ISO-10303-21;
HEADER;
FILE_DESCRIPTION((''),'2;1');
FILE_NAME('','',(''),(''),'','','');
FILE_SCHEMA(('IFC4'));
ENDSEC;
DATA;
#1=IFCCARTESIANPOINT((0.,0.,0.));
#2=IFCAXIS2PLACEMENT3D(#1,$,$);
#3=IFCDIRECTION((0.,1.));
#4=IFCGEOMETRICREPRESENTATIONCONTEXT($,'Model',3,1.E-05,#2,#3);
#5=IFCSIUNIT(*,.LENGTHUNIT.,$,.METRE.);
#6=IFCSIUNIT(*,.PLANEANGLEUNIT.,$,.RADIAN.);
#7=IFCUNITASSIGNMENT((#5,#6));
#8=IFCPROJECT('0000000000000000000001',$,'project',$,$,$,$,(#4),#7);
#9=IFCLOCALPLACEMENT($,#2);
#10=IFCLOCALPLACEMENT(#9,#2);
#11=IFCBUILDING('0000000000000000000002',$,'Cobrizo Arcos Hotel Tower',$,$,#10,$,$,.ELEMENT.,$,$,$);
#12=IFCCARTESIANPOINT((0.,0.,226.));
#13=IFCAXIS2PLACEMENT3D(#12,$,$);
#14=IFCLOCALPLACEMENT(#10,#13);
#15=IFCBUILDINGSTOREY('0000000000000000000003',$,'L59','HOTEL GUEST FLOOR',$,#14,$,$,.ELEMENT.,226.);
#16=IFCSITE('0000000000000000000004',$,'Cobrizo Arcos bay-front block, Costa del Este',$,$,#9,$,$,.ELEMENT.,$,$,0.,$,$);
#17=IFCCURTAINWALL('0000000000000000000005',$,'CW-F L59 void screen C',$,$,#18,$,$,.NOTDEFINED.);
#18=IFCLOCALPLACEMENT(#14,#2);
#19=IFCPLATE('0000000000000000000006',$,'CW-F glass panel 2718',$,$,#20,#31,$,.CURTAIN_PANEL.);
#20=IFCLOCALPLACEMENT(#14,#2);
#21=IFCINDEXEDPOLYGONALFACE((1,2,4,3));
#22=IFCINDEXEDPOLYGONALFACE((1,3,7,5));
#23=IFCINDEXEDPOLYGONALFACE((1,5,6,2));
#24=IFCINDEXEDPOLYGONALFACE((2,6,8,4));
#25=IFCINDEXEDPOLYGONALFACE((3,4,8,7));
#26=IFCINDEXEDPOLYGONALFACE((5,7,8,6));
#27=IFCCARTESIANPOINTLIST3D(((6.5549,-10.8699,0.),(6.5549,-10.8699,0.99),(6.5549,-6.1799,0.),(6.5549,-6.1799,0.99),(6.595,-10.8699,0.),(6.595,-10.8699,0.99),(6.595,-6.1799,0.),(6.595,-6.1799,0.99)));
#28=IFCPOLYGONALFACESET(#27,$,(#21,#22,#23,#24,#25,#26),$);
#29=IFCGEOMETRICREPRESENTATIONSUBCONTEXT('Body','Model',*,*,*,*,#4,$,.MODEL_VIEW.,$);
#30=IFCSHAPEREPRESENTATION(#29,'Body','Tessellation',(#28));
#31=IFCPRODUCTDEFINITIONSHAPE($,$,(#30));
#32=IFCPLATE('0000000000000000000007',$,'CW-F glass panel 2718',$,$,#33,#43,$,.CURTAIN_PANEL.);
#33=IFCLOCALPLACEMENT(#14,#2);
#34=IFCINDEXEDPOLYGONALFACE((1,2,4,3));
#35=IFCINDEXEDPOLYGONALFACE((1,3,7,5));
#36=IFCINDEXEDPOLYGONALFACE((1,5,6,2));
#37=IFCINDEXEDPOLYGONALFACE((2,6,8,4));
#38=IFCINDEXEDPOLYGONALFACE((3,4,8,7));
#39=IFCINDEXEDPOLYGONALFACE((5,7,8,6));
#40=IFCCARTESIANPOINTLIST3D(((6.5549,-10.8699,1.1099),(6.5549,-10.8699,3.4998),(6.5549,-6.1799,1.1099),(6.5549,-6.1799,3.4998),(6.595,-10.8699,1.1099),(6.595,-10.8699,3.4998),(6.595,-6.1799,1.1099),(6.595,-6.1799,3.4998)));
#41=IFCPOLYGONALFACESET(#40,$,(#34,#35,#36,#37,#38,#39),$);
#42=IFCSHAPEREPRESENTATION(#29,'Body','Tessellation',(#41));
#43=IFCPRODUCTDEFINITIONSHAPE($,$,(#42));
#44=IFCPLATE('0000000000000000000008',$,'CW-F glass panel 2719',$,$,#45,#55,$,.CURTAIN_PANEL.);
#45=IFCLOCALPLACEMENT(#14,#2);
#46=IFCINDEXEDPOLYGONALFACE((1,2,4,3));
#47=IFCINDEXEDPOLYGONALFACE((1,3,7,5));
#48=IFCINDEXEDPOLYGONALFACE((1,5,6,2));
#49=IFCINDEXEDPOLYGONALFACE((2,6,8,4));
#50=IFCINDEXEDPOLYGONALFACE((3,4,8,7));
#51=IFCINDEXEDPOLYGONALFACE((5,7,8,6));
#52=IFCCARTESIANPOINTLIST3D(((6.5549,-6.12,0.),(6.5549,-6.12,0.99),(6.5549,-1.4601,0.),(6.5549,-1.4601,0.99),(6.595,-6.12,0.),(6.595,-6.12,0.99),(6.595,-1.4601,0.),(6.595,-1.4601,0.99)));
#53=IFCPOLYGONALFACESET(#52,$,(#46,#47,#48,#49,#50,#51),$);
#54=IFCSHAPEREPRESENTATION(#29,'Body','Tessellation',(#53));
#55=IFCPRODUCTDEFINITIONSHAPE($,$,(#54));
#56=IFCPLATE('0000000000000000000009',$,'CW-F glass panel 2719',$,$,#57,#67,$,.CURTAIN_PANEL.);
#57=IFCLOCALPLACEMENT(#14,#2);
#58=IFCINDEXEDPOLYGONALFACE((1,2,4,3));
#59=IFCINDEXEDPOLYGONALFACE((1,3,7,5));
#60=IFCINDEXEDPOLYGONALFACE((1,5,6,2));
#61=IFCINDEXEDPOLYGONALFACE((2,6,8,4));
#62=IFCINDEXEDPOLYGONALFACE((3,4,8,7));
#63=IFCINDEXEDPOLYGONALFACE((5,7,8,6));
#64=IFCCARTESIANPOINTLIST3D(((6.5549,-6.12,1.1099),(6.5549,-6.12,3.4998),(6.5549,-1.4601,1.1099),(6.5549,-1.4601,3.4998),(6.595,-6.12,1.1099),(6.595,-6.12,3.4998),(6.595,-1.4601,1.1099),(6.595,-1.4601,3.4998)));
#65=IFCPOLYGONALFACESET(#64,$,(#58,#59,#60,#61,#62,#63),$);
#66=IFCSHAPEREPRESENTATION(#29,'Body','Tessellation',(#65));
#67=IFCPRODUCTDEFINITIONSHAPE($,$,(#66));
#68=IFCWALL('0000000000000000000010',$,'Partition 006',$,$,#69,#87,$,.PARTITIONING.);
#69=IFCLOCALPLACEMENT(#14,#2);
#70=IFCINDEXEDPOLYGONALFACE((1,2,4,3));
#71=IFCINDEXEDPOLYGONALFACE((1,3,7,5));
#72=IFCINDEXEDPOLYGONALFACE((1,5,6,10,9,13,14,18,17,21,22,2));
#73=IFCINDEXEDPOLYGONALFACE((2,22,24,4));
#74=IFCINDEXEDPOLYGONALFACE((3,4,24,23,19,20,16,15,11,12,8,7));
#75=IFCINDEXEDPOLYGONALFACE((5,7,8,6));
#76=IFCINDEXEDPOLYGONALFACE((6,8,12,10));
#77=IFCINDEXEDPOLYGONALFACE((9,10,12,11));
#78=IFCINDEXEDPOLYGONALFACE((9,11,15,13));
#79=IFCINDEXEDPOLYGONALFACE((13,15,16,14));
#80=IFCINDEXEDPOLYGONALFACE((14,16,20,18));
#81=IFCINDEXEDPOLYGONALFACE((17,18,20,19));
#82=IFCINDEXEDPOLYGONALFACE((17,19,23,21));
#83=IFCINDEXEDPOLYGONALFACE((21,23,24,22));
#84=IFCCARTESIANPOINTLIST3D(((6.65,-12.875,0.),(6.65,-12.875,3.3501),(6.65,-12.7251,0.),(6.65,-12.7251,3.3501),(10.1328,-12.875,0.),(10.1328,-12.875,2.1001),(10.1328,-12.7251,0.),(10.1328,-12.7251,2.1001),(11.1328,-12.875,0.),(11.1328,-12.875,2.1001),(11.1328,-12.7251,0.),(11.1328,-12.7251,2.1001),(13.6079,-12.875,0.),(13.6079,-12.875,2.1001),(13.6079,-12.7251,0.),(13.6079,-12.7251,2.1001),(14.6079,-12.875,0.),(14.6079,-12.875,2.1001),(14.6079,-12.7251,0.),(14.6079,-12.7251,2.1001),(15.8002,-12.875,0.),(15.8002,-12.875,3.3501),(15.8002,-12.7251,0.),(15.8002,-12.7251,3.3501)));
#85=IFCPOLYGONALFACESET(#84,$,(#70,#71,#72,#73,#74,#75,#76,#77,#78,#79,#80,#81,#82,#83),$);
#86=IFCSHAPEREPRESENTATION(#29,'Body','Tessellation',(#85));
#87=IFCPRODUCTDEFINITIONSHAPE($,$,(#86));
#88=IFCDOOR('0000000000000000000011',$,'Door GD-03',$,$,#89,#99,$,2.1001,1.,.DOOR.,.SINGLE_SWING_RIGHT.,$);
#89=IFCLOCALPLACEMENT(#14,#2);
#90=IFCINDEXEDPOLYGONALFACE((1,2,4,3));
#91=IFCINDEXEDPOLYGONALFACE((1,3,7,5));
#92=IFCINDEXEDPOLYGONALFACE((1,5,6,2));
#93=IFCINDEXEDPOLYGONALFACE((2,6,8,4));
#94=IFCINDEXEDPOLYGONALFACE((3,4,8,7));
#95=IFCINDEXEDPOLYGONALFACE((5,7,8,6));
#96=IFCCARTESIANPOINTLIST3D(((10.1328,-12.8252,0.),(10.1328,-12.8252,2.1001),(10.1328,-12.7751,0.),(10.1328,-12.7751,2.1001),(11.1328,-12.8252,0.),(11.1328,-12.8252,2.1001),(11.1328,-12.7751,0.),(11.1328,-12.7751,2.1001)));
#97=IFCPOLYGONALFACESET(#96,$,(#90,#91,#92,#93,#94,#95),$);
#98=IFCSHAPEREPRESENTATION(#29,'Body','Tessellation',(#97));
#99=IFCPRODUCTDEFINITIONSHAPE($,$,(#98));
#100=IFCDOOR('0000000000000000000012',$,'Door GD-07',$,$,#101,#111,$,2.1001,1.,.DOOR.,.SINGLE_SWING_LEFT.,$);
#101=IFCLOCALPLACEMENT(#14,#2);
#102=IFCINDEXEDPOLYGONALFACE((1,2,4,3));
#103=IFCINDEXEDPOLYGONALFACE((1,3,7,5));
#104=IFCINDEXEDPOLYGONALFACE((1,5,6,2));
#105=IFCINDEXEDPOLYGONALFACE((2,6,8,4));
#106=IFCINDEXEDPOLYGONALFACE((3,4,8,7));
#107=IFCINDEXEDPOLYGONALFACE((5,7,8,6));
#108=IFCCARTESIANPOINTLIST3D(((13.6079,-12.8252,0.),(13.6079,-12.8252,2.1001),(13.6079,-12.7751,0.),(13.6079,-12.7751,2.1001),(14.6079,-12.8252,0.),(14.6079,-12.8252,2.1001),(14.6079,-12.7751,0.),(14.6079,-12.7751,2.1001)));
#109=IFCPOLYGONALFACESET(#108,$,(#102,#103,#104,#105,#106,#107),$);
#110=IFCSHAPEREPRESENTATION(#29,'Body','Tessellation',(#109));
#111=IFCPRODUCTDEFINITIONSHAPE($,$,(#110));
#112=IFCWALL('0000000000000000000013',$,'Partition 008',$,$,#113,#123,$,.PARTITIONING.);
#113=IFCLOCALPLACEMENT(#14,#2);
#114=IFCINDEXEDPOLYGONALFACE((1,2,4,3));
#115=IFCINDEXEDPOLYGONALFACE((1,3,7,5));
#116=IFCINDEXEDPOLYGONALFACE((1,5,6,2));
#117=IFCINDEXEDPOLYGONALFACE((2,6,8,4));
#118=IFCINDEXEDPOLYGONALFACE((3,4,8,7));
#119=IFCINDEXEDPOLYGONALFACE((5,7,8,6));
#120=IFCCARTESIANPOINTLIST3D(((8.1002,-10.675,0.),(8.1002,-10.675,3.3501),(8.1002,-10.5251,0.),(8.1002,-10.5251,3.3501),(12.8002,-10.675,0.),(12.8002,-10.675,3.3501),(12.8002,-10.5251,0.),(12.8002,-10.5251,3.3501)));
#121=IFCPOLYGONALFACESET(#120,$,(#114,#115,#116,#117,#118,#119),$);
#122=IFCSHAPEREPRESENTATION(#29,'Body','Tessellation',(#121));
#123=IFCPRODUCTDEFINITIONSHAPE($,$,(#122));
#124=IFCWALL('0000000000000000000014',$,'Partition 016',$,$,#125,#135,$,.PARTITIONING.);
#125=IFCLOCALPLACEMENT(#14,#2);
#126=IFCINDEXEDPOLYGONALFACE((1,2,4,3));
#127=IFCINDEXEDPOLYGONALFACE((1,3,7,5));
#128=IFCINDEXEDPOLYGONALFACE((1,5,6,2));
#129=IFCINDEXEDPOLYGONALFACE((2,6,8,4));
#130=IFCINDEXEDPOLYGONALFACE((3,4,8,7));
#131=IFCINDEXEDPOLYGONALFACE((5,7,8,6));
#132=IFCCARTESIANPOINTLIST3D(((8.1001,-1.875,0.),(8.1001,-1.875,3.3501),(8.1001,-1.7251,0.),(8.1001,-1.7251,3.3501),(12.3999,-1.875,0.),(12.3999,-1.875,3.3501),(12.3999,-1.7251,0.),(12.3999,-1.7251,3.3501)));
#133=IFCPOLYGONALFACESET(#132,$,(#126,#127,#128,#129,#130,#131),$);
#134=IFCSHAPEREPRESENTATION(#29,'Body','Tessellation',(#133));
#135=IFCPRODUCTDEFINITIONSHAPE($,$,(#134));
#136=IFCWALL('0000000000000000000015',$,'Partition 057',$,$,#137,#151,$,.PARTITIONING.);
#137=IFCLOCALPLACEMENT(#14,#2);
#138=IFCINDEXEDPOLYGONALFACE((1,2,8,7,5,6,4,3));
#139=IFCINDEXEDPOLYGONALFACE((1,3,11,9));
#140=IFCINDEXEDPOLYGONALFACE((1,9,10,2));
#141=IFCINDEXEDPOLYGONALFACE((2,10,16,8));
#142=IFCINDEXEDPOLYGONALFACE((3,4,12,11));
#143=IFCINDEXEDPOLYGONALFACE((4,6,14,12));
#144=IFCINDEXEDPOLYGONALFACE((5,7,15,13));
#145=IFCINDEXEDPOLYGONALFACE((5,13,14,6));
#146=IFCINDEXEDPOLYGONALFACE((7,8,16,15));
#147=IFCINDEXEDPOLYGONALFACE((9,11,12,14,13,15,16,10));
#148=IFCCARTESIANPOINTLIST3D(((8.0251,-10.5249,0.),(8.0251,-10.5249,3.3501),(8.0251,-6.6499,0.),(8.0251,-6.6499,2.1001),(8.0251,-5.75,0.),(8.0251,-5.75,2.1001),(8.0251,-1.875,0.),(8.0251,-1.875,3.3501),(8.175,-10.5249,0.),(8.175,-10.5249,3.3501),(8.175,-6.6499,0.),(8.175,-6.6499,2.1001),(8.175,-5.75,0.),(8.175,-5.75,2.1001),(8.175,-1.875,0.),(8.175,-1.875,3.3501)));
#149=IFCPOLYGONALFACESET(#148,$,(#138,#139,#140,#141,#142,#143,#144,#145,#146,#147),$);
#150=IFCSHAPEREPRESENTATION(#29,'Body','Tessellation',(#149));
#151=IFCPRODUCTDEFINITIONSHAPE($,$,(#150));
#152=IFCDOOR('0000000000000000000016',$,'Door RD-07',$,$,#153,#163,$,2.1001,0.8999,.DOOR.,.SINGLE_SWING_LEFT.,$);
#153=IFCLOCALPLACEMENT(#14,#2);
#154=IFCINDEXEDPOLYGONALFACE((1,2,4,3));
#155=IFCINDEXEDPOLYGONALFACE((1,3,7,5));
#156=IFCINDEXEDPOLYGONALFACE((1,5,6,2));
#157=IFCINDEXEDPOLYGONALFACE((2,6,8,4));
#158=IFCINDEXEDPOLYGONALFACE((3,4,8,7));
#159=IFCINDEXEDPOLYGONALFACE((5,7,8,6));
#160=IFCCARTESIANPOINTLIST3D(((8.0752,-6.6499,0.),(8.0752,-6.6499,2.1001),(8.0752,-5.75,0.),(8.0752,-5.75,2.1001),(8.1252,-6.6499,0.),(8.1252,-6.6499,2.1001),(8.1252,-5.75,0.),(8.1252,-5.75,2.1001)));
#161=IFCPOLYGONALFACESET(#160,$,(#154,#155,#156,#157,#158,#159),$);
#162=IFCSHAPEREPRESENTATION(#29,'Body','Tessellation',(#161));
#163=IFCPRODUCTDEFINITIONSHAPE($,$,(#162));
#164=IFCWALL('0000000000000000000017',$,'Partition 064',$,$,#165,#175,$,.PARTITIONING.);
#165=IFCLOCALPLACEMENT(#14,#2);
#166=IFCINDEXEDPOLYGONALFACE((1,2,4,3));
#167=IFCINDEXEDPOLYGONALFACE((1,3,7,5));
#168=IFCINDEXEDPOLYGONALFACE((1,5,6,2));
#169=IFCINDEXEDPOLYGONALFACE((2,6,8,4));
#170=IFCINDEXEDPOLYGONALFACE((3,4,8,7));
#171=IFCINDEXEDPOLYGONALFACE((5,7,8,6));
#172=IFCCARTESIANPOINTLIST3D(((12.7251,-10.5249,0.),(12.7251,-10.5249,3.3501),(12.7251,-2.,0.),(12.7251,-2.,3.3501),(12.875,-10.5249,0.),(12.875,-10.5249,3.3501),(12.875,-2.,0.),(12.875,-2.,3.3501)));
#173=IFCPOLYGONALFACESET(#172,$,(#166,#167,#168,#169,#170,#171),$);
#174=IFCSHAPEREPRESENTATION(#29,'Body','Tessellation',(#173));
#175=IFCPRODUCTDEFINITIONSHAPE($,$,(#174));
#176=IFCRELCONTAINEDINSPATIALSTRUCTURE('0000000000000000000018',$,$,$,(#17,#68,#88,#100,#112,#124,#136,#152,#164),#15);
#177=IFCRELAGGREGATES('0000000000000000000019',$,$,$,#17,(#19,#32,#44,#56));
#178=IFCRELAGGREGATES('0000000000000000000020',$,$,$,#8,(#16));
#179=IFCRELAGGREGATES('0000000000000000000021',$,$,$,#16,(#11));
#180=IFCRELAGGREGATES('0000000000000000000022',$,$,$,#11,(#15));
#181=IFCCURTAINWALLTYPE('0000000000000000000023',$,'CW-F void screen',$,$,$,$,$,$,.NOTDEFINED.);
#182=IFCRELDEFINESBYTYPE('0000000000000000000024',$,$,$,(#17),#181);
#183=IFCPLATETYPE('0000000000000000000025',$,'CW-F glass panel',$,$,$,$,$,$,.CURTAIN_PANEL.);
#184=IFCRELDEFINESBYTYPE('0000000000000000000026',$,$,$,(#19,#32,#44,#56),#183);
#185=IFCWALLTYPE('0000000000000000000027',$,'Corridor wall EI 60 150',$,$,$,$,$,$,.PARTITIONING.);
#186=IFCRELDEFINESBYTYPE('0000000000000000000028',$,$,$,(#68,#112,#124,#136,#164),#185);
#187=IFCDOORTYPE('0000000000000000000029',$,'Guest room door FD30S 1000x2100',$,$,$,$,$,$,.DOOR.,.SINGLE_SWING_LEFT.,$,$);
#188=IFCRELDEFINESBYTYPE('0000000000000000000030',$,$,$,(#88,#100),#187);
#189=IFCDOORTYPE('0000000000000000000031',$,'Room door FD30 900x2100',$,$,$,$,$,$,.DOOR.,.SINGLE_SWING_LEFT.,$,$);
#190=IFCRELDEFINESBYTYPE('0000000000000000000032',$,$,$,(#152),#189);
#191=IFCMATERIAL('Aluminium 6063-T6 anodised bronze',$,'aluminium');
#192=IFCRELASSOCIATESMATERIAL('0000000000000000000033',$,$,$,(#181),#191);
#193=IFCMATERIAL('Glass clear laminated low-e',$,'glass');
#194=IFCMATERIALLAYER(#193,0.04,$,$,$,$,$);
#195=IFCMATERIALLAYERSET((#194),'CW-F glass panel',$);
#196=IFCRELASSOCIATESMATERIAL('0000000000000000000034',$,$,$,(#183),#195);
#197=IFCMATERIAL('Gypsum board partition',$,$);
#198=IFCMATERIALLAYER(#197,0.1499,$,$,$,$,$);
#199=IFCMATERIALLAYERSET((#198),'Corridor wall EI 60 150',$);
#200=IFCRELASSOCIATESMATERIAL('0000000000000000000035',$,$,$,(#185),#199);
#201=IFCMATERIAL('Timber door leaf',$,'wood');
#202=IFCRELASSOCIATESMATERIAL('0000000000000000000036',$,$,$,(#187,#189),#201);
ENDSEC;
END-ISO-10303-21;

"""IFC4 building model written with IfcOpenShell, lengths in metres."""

from ifc_helpers import new_model, si_unit, direction, frame, frame_2d, origin, origin_2d, place, context, subcontext, project, spatial, rectangle, extrude, material, layer, layer_set, type_object, element, fill, aggregate, save


model = new_model("IFC4")

# Units and contexts
model_context = context("Model", 3, precision=1e-05, world=origin(), true_north=direction((0.0, 1.0)))
body_context = subcontext(model_context, "Body", "Model", "MODEL_VIEW")
ifc_project = project(units=[si_unit("LENGTHUNIT", "METRE"), si_unit("PLANEANGLEUNIT", "RADIAN")], contexts=[model_context])

# Site, building, storey
site_placement = place(None, origin())
site = spatial("IfcSite", under=ifc_project, at=site_placement, Name="Cobrizo Arcos bay-front block, Costa del Este", CompositionType="ELEMENT", RefElevation=0.0)
building_placement = place(site_placement, origin())
building = spatial("IfcBuilding", under=site, at=building_placement, Name="Cobrizo Arcos Hotel Tower", CompositionType="ELEMENT")
storey_placement = place(building_placement, frame((0.0, 0.0, 226.0)))
storey = spatial("IfcBuildingStorey", under=building, at=storey_placement, Name="L59", Description="HOTEL GUEST FLOOR", CompositionType="ELEMENT", Elevation=226.0)

# Curtain wall
ifc_material_1 = material(Name="Aluminium 6063-T6 anodised bronze", Category="aluminium")
curtain_wall_type = type_object("IfcCurtainWallType", Name="CW-F void screen", PredefinedType="NOTDEFINED", material=ifc_material_1)
curtain_wall_placement = place(storey_placement, origin())
curtain_wall = element("IfcCurtainWall", 1, at=curtain_wall_placement, inside=storey, type_object=curtain_wall_type, Name="CW-F L59 void screen C", PredefinedType="NOTDEFINED")

# Plates
ifc_material_2 = material(Name="Glass clear laminated low-e", Category="glass")
ifc_layer_1 = layer(ifc_material_2, 0.04)
ifc_layer_set_1 = layer_set([ifc_layer_1], Name="CW-F glass panel")
plate_type = type_object("IfcPlateType", Name="CW-F glass panel", PredefinedType="CURTAIN_PANEL", material=ifc_layer_set_1)
plate_1_placement = place(storey_placement, frame((6.575, -8.5249, 0.0), z_axis=(0.0, 0.0, 1.0), x_axis=(0.0, 1.0, 0.0)))
plate_1 = element("IfcPlate", 2, at=plate_1_placement, type_object=plate_type, Name="CW-F glass panel 2718", PredefinedType="CURTAIN_PANEL", context=body_context, shape_type="SweptSolid", body=[
    extrude(rectangle(XDim=4.6899, YDim=0.04, at=origin_2d()), origin(), (0.0, 0.0, 1.0), 0.99),
])
plate_2_placement = place(storey_placement, frame((6.575, -8.5249, 1.1099), z_axis=(0.0, 0.0, 1.0), x_axis=(0.0, 1.0, 0.0)))
plate_2 = element("IfcPlate", 3, at=plate_2_placement, type_object=plate_type, Name="CW-F glass panel 2718", PredefinedType="CURTAIN_PANEL", context=body_context, shape_type="SweptSolid", body=[
    extrude(rectangle(XDim=4.6899, YDim=0.04, at=origin_2d()), origin(), (0.0, 0.0, 1.0), 2.3899),
])
plate_3_placement = place(storey_placement, frame((6.575, -3.79, 0.0), z_axis=(0.0, 0.0, 1.0), x_axis=(0.0, 1.0, 0.0)))
plate_3 = element("IfcPlate", 4, at=plate_3_placement, type_object=plate_type, Name="CW-F glass panel 2719", PredefinedType="CURTAIN_PANEL", context=body_context, shape_type="SweptSolid", body=[
    extrude(rectangle(XDim=4.6599, YDim=0.04, at=origin_2d()), origin(), (0.0, 0.0, 1.0), 0.99),
])
plate_4_placement = place(storey_placement, frame((6.575, -3.79, 1.1099), z_axis=(0.0, 0.0, 1.0), x_axis=(0.0, 1.0, 0.0)))
plate_4 = element("IfcPlate", 5, at=plate_4_placement, type_object=plate_type, Name="CW-F glass panel 2719", PredefinedType="CURTAIN_PANEL", context=body_context, shape_type="SweptSolid", body=[
    extrude(rectangle(XDim=4.6599, YDim=0.04, at=origin_2d()), origin(), (0.0, 0.0, 1.0), 2.3899),
])
aggregate(curtain_wall, [plate_1, plate_2, plate_3, plate_4])

# Wall, openings, doors
ifc_material_3 = material(Name="Gypsum board partition")
ifc_layer_2 = layer(ifc_material_3, 0.1499)
ifc_layer_set_2 = layer_set([ifc_layer_2], Name="Corridor wall EI 60 150")
wall_type_1 = type_object("IfcWallType", Name="Corridor wall EI 60 150", PredefinedType="PARTITIONING", material=ifc_layer_set_2)
wall_1_placement = place(storey_placement, frame((6.6499, -12.8, 0.0), z_axis=(0.0, 0.0, 1.0), x_axis=(1.0, 0.0, 0.0)))
wall_1 = element("IfcWall", 6, at=wall_1_placement, inside=storey, type_object=wall_type_1, Name="Partition 006", PredefinedType="PARTITIONING", context=body_context, shape_type="SweptSolid", body=[
    extrude(rectangle(XDim=9.1501, YDim=0.1499, at=frame_2d((4.5752, 0.0))), origin(), (0.0, 0.0, 1.0), 3.3501),
])
opening_1_placement = place(wall_1_placement, frame((3.4829, 0.0, 0.0)))
opening_1 = element("IfcOpeningElement", 7, at=opening_1_placement, cuts=wall_1, PredefinedType="OPENING", context=body_context, shape_type="SweptSolid", body=[
    extrude(rectangle(XDim=1.0, YDim=2.1001, at=frame_2d((0.5, 1.05))), frame((0.0, 0.0869, 0.0), z_axis=(0.0, -1.0, 0.0), x_axis=(1.0, 0.0, 0.0)), (0.0, 0.0, 1.0), 0.1738),
])
opening_2_placement = place(wall_1_placement, frame((6.958, 0.0, 0.0)))
opening_2 = element("IfcOpeningElement", 8, at=opening_2_placement, cuts=wall_1, PredefinedType="OPENING", context=body_context, shape_type="SweptSolid", body=[
    extrude(rectangle(XDim=1.0, YDim=2.1001, at=frame_2d((0.5, 1.05))), frame((0.0, 0.0869, 0.0), z_axis=(0.0, -1.0, 0.0), x_axis=(1.0, 0.0, 0.0)), (0.0, 0.0, 1.0), 0.1738),
])
ifc_material_4 = material(Name="Timber door leaf", Category="wood")
door_type_1 = type_object("IfcDoorType", Name="Guest room door FD30S 1000x2100", OperationType="SINGLE_SWING_LEFT", PredefinedType="DOOR", material=ifc_material_4)
door_1_placement = place(opening_1_placement, origin())
door_1 = element("IfcDoor", 9, at=door_1_placement, inside=storey, type_object=door_type_1, Name="Door GD-03", OperationType="SINGLE_SWING_RIGHT", OverallHeight=2.1001, OverallWidth=1.0, PredefinedType="DOOR", context=body_context, shape_type="SweptSolid", body=[
    extrude(rectangle(XDim=1.0, YDim=2.1001, at=frame_2d((0.5, 1.05))), frame((0.0, 0.0249, 0.0), z_axis=(0.0, -1.0, 0.0), x_axis=(1.0, 0.0, 0.0)), (0.0, 0.0, 1.0), 0.05),
])
fill(opening_1, door_1)
door_2_placement = place(opening_2_placement, origin())
door_2 = element("IfcDoor", 10, at=door_2_placement, inside=storey, type_object=door_type_1, Name="Door GD-07", OperationType="SINGLE_SWING_LEFT", OverallHeight=2.1001, OverallWidth=1.0, PredefinedType="DOOR", context=body_context, shape_type="SweptSolid", body=[
    extrude(rectangle(XDim=1.0, YDim=2.1001, at=frame_2d((0.5, 1.05))), frame((0.0, 0.0249, 0.0), z_axis=(0.0, -1.0, 0.0), x_axis=(1.0, 0.0, 0.0)), (0.0, 0.0, 1.0), 0.05),
])
fill(opening_2, door_2)

# Walls
wall_2_placement = place(storey_placement, frame((8.1001, -10.6001, 0.0), z_axis=(0.0, 0.0, 1.0), x_axis=(1.0, 0.0, 0.0)))
element("IfcWall", 11, at=wall_2_placement, inside=storey, type_object=wall_type_1, Name="Partition 008", PredefinedType="PARTITIONING", context=body_context, shape_type="SweptSolid", body=[
    extrude(rectangle(XDim=4.7, YDim=0.1499, at=frame_2d((2.3501, 0.0))), origin(), (0.0, 0.0, 1.0), 3.3501),
])
wall_3_placement = place(storey_placement, frame((8.1001, -1.8, 0.0), z_axis=(0.0, 0.0, 1.0), x_axis=(1.0, 0.0, 0.0)))
element("IfcWall", 12, at=wall_3_placement, inside=storey, type_object=wall_type_1, Name="Partition 016", PredefinedType="PARTITIONING", context=body_context, shape_type="SweptSolid", body=[
    extrude(rectangle(XDim=4.2998, YDim=0.1499, at=frame_2d((2.1499, 0.0))), origin(), (0.0, 0.0, 1.0), 3.3501),
])

# Wall, opening, door
wall_4_placement = place(storey_placement, frame((8.1001, -10.5249, 0.0), z_axis=(0.0, 0.0, 1.0), x_axis=(0.0, 1.0, 0.0)))
wall_4 = element("IfcWall", 13, at=wall_4_placement, inside=storey, type_object=wall_type_1, Name="Partition 057", PredefinedType="PARTITIONING", context=body_context, shape_type="SweptSolid", body=[
    extrude(rectangle(XDim=8.6499, YDim=0.1499, at=frame_2d((4.325, 0.0))), origin(), (0.0, 0.0, 1.0), 3.3501),
])
opening_3_placement = place(wall_4_placement, frame((3.875, 0.0, 0.0)))
opening_3 = element("IfcOpeningElement", 14, at=opening_3_placement, cuts=wall_4, PredefinedType="OPENING", context=body_context, shape_type="SweptSolid", body=[
    extrude(rectangle(XDim=0.8999, YDim=2.1001, at=frame_2d((0.45, 1.05))), frame((0.0, 0.0869, 0.0), z_axis=(0.0, -1.0, 0.0), x_axis=(1.0, 0.0, 0.0)), (0.0, 0.0, 1.0), 0.1738),
])
door_type_2 = type_object("IfcDoorType", Name="Room door FD30 900x2100", OperationType="SINGLE_SWING_LEFT", PredefinedType="DOOR", material=ifc_material_4)
door_3_placement = place(opening_3_placement, origin())
door_3 = element("IfcDoor", 15, at=door_3_placement, inside=storey, type_object=door_type_2, Name="Door RD-07", OperationType="SINGLE_SWING_LEFT", OverallHeight=2.1001, OverallWidth=0.8999, PredefinedType="DOOR", context=body_context, shape_type="SweptSolid", body=[
    extrude(rectangle(XDim=0.8999, YDim=2.1001, at=frame_2d((0.45, 1.05))), frame((0.0, 0.0249, 0.0), z_axis=(0.0, -1.0, 0.0), x_axis=(1.0, 0.0, 0.0)), (0.0, 0.0, 1.0), 0.05),
])
fill(opening_3, door_3)

# Wall
wall_5_placement = place(storey_placement, frame((12.8, -10.5249, 0.0), z_axis=(0.0, 0.0, 1.0), x_axis=(0.0, 1.0, 0.0)))
element("IfcWall", 16, at=wall_5_placement, inside=storey, type_object=wall_type_1, Name="Partition 064", PredefinedType="PARTITIONING", context=body_context, shape_type="SweptSolid", body=[
    extrude(rectangle(XDim=8.5249, YDim=0.1499, at=frame_2d((4.2625, 0.0))), origin(), (0.0, 0.0, 1.0), 3.3501),
])

save(model, "model.ifc")
